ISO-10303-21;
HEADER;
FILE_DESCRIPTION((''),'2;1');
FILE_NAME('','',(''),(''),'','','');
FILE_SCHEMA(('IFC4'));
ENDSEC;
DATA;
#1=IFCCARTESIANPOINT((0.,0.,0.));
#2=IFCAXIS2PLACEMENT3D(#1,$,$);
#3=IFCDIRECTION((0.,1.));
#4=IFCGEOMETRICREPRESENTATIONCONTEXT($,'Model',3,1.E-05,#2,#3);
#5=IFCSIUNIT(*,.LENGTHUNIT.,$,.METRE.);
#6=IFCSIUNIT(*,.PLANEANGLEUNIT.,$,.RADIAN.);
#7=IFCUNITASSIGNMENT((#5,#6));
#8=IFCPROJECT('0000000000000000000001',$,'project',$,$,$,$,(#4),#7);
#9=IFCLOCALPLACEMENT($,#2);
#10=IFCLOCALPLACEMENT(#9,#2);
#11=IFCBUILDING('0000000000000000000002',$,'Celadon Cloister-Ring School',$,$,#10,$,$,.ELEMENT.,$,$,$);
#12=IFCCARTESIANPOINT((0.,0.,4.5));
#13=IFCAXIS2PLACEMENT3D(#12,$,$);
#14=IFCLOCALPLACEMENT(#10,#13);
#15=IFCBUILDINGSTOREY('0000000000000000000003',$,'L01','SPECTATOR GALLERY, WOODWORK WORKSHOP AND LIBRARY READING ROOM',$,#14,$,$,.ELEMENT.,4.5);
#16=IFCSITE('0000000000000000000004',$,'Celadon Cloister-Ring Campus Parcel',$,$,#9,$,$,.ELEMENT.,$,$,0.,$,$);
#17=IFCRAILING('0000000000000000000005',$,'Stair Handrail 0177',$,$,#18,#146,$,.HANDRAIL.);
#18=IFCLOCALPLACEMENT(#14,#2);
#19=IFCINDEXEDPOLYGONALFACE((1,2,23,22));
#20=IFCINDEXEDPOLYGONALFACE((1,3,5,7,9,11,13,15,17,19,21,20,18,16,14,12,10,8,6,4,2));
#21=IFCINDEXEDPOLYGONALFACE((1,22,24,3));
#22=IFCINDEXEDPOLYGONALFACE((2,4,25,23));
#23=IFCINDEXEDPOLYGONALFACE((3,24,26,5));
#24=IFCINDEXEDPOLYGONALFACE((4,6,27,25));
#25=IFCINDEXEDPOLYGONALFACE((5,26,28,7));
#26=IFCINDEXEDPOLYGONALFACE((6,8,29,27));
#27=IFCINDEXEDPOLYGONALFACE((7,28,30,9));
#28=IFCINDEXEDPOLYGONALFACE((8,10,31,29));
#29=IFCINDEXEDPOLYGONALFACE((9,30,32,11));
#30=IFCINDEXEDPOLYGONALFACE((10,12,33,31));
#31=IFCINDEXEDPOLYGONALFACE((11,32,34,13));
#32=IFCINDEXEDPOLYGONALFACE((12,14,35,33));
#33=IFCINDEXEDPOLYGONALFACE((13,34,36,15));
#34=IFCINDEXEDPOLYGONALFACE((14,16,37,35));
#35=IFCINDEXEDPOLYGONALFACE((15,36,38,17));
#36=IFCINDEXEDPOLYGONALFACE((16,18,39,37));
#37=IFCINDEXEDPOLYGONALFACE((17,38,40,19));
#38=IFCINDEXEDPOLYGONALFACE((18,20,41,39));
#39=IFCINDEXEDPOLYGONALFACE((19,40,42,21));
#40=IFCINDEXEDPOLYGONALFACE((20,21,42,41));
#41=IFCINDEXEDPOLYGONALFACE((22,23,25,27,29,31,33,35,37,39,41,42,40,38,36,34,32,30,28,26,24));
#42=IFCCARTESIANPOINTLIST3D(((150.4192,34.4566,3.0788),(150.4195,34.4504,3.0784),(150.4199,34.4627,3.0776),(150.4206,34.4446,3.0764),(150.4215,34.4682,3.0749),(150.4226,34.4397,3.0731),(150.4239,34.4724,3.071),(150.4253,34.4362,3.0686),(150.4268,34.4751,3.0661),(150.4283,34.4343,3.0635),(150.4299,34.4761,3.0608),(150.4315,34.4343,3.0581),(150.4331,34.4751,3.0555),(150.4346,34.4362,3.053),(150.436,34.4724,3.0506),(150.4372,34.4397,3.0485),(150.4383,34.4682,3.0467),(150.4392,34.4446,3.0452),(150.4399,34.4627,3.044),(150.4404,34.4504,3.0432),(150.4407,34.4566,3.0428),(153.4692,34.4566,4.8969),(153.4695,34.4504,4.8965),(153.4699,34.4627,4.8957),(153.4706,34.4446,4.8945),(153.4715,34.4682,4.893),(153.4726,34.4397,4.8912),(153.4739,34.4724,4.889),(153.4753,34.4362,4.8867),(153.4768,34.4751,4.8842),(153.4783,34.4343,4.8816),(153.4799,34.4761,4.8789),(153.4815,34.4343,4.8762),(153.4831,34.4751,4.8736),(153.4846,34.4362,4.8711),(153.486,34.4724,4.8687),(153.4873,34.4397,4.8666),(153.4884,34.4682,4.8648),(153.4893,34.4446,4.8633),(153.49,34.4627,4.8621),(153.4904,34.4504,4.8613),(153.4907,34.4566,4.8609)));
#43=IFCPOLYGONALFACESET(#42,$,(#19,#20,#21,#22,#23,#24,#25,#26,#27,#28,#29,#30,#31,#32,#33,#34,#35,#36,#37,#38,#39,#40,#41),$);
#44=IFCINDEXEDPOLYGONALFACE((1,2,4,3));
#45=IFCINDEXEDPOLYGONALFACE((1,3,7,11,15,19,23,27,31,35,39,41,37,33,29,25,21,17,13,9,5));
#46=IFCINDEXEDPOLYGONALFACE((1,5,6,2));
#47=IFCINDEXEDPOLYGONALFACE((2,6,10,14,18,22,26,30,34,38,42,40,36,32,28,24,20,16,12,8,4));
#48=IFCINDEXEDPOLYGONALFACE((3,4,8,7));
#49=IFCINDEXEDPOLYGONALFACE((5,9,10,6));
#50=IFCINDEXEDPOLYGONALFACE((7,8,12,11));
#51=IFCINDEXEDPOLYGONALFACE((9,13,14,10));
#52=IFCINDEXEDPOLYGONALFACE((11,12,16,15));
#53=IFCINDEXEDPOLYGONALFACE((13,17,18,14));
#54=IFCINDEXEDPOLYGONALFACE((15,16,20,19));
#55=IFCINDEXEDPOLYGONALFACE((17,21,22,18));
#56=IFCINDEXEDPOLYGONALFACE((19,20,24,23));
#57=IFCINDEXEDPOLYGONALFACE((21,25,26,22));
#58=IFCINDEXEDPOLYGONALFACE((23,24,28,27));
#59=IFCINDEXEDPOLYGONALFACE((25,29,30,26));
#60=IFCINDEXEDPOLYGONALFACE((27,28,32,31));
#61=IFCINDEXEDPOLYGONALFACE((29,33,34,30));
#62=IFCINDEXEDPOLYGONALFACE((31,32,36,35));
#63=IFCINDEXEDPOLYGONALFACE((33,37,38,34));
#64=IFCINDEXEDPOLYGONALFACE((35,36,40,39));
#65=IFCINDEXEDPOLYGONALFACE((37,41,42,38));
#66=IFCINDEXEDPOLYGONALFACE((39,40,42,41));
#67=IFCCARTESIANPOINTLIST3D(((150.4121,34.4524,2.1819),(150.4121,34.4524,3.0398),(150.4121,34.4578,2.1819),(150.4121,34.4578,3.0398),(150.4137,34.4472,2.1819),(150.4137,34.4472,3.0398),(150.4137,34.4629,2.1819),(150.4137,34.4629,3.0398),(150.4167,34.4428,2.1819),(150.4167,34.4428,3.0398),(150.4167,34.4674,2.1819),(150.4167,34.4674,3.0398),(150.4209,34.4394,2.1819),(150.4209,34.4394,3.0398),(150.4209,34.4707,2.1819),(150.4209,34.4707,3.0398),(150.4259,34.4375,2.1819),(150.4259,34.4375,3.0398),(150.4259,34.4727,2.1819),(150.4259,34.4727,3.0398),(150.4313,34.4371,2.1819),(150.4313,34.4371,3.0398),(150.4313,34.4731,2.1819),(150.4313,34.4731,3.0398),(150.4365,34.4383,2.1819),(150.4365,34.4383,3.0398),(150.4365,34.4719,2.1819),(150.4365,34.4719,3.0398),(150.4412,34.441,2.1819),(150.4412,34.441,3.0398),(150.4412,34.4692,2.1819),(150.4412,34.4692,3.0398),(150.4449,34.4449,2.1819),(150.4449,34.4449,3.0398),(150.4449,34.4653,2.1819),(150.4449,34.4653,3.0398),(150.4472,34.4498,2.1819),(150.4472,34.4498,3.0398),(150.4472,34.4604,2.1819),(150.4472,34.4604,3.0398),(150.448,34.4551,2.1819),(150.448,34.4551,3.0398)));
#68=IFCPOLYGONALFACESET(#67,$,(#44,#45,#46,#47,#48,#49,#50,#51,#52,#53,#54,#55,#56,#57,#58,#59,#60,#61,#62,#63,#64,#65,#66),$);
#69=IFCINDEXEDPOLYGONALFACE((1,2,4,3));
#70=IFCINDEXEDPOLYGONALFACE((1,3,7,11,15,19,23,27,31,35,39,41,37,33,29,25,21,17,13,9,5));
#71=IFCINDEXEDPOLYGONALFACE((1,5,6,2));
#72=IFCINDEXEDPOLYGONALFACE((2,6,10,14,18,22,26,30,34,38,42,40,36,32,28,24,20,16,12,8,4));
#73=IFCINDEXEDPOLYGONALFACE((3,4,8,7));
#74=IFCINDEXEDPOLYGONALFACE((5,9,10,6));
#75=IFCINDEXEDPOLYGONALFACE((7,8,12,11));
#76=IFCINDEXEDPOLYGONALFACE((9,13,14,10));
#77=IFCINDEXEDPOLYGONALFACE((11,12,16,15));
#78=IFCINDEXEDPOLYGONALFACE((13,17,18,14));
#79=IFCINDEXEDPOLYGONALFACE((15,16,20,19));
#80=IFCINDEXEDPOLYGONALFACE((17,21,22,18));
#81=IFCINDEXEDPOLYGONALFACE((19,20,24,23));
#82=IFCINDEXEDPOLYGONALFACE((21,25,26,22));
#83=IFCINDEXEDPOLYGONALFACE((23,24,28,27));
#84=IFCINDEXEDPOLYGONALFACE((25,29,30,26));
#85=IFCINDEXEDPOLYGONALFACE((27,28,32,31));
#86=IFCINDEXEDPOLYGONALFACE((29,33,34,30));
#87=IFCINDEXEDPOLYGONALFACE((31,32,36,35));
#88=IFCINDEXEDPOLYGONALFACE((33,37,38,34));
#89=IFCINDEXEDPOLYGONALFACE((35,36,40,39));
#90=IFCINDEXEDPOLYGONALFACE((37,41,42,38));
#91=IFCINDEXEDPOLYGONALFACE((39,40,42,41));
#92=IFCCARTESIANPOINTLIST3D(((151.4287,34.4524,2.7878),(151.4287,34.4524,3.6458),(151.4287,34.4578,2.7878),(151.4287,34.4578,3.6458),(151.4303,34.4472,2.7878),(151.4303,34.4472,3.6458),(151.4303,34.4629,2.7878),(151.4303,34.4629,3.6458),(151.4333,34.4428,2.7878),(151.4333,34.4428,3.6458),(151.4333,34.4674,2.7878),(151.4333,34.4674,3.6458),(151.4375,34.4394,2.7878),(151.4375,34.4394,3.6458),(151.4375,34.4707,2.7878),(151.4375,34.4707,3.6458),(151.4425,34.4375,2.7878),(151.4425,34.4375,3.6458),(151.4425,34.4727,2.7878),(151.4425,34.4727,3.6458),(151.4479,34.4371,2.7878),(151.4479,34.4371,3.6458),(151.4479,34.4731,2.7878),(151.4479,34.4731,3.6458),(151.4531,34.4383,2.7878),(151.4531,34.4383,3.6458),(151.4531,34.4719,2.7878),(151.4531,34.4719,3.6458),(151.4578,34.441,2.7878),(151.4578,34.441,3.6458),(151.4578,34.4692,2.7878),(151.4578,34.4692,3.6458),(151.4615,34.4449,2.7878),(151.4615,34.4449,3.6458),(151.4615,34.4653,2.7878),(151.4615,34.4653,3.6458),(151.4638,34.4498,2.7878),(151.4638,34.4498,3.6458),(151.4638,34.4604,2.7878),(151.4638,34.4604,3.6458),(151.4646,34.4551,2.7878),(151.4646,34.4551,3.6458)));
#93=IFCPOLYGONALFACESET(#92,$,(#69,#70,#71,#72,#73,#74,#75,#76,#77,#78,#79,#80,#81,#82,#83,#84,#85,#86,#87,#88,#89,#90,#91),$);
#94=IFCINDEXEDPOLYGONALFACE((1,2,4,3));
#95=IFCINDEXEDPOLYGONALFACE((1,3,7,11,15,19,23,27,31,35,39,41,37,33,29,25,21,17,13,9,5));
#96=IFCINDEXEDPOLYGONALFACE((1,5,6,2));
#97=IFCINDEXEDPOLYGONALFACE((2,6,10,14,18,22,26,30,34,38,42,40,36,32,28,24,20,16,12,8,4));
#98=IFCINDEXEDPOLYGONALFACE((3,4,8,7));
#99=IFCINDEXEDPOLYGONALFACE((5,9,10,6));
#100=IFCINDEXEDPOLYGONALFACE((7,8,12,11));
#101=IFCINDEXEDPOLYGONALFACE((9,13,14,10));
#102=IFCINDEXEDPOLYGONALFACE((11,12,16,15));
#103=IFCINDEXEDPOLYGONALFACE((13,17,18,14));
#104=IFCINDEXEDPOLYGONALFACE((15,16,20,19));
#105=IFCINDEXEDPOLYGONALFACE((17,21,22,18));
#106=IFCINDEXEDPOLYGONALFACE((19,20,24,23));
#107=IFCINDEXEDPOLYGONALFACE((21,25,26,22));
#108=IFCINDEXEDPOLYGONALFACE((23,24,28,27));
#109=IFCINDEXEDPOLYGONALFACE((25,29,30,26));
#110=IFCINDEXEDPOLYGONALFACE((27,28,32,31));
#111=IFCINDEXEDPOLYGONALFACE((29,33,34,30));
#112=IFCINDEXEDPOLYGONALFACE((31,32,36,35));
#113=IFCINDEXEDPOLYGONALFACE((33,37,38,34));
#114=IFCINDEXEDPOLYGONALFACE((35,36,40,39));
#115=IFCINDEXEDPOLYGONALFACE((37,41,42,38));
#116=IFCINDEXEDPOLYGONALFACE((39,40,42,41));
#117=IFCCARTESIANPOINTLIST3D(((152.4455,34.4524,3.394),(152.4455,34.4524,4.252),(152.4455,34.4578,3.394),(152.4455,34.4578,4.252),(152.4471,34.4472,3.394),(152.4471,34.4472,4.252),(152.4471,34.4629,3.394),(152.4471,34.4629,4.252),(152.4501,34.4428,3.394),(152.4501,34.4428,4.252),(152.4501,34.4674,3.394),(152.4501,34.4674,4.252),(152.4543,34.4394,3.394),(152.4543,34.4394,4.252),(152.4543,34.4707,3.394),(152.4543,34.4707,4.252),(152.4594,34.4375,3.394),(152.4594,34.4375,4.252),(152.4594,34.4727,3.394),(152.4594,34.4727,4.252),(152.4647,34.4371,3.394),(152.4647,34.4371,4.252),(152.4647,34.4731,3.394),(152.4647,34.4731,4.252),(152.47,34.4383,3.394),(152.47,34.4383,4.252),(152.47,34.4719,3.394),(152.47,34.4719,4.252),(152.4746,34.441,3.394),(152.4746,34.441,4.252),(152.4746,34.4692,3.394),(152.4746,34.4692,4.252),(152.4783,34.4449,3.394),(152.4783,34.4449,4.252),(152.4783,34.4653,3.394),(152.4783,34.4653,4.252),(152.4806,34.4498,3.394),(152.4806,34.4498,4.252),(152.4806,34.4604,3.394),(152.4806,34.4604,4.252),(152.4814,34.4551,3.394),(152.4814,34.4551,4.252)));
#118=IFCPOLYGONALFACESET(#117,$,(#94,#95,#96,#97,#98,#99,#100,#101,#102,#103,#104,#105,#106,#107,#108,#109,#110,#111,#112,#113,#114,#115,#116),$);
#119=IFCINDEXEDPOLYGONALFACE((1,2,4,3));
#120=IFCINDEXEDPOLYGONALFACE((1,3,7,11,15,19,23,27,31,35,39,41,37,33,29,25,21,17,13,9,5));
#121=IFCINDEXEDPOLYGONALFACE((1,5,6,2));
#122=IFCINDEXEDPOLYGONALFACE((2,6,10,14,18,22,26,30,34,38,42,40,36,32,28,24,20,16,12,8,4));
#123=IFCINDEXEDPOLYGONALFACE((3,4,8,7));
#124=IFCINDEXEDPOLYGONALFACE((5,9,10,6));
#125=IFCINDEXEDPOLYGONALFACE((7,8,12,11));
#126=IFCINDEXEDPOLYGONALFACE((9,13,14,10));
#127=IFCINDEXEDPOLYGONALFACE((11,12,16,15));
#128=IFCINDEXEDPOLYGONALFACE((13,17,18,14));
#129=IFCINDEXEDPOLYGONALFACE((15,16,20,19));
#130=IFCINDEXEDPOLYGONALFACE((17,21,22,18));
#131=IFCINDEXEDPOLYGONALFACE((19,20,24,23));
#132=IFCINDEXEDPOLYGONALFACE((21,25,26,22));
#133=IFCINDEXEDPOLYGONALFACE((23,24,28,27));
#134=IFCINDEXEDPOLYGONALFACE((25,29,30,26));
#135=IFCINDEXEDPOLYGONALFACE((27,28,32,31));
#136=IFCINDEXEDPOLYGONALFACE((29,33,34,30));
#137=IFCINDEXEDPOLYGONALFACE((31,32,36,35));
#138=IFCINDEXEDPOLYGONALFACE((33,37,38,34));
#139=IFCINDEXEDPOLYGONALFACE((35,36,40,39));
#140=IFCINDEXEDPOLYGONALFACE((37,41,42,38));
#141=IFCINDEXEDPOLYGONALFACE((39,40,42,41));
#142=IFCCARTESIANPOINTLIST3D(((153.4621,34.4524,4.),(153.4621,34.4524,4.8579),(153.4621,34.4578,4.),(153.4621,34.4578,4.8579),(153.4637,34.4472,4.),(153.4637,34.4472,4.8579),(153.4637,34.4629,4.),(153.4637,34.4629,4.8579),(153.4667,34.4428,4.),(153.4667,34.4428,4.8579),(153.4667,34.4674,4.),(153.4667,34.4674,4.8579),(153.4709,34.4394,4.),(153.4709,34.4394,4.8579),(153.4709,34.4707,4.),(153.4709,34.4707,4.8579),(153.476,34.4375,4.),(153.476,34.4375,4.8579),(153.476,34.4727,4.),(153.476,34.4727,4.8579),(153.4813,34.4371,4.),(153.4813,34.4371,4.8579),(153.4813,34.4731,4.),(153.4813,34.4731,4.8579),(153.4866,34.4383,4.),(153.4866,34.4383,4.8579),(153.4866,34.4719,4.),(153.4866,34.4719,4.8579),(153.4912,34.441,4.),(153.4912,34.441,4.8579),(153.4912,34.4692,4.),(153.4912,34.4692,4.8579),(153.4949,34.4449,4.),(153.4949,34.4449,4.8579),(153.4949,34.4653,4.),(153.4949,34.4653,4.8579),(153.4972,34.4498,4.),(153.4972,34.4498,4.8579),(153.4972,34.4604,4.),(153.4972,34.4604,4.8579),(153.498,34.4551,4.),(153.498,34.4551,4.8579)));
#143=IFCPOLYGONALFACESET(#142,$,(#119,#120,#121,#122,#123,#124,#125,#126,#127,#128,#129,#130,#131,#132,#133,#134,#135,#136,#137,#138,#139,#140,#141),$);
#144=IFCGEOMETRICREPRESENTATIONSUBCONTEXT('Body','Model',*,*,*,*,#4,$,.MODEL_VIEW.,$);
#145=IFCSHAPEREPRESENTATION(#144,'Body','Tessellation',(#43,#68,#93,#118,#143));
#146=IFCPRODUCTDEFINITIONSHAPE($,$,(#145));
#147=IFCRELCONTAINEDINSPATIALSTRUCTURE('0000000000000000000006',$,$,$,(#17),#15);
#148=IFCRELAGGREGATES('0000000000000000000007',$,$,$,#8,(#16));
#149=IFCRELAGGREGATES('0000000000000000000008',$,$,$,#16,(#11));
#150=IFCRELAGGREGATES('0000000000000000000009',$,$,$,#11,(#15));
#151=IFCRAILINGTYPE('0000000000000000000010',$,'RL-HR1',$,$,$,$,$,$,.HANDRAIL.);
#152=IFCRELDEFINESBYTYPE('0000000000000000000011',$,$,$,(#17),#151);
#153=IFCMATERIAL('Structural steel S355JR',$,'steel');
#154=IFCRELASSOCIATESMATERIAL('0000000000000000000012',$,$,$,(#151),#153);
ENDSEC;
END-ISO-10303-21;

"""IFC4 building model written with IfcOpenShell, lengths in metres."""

from ifc_helpers import new_model, si_unit, direction, frame, origin, origin_2d, place, context, subcontext, project, spatial, circle, extrude, material, type_object, element, save


model = new_model("IFC4")

# Units and contexts
model_context = context("Model", 3, precision=1e-05, world=origin(), true_north=direction((0.0, 1.0)))
body_context = subcontext(model_context, "Body", "Model", "MODEL_VIEW")
ifc_project = project(units=[si_unit("LENGTHUNIT", "METRE"), si_unit("PLANEANGLEUNIT", "RADIAN")], contexts=[model_context])

# Site, building, storey
site_placement = place(None, origin())
site = spatial("IfcSite", under=ifc_project, at=site_placement, Name="Celadon Cloister-Ring Campus Parcel", CompositionType="ELEMENT", RefElevation=0.0)
building_placement = place(site_placement, origin())
building = spatial("IfcBuilding", under=site, at=building_placement, Name="Celadon Cloister-Ring School", CompositionType="ELEMENT")
storey_placement = place(building_placement, frame((0.0, 0.0, 4.5)))
storey = spatial("IfcBuildingStorey", under=building, at=storey_placement, Name="L01", Description="SPECTATOR GALLERY, WOODWORK WORKSHOP AND LIBRARY READING ROOM", CompositionType="ELEMENT", Elevation=4.5)

# Railing
ifc_material_1 = material(Name="Structural steel S355JR", Category="steel")
railing_type_1 = type_object("IfcRailingType", Name="RL-HR1", PredefinedType="HANDRAIL", material=ifc_material_1)
for number, where, name in (
    (1, (150.4299, 34.4551, 2.1819), "Stair Handrail 0177"),
):
    element("IfcRailing", number, at=place(storey_placement, frame(where)), inside=storey, type_object=railing_type_1, Name=name, PredefinedType="HANDRAIL", context=body_context, shape_type="SweptSolid", body=[
        extrude(circle(Radius=0.021, at=origin_2d()), frame((0.0, 0.0, 0.8789), z_axis=(0.85897, 0.0, 0.512026), x_axis=(0.0, 1.0, 0.0)), (0.0, 0.0, 1.0), 3.5508),
        extrude(circle(Radius=0.0181, at=origin_2d()), origin(), (0.0, 0.0, 1.0), 0.8579),
        extrude(circle(Radius=0.0181, at=origin_2d()), frame((1.0166, 0.0, 0.606)), (0.0, 0.0, 1.0), 0.8579),
        extrude(circle(Radius=0.0181, at=origin_2d()), frame((2.0334, 0.0, 1.2122)), (0.0, 0.0, 1.0), 0.8579),
        extrude(circle(Radius=0.0181, at=origin_2d()), frame((3.05, 0.0, 1.8181)), (0.0, 0.0, 1.0), 0.8579),
    ])

save(model, "model.ifc")
